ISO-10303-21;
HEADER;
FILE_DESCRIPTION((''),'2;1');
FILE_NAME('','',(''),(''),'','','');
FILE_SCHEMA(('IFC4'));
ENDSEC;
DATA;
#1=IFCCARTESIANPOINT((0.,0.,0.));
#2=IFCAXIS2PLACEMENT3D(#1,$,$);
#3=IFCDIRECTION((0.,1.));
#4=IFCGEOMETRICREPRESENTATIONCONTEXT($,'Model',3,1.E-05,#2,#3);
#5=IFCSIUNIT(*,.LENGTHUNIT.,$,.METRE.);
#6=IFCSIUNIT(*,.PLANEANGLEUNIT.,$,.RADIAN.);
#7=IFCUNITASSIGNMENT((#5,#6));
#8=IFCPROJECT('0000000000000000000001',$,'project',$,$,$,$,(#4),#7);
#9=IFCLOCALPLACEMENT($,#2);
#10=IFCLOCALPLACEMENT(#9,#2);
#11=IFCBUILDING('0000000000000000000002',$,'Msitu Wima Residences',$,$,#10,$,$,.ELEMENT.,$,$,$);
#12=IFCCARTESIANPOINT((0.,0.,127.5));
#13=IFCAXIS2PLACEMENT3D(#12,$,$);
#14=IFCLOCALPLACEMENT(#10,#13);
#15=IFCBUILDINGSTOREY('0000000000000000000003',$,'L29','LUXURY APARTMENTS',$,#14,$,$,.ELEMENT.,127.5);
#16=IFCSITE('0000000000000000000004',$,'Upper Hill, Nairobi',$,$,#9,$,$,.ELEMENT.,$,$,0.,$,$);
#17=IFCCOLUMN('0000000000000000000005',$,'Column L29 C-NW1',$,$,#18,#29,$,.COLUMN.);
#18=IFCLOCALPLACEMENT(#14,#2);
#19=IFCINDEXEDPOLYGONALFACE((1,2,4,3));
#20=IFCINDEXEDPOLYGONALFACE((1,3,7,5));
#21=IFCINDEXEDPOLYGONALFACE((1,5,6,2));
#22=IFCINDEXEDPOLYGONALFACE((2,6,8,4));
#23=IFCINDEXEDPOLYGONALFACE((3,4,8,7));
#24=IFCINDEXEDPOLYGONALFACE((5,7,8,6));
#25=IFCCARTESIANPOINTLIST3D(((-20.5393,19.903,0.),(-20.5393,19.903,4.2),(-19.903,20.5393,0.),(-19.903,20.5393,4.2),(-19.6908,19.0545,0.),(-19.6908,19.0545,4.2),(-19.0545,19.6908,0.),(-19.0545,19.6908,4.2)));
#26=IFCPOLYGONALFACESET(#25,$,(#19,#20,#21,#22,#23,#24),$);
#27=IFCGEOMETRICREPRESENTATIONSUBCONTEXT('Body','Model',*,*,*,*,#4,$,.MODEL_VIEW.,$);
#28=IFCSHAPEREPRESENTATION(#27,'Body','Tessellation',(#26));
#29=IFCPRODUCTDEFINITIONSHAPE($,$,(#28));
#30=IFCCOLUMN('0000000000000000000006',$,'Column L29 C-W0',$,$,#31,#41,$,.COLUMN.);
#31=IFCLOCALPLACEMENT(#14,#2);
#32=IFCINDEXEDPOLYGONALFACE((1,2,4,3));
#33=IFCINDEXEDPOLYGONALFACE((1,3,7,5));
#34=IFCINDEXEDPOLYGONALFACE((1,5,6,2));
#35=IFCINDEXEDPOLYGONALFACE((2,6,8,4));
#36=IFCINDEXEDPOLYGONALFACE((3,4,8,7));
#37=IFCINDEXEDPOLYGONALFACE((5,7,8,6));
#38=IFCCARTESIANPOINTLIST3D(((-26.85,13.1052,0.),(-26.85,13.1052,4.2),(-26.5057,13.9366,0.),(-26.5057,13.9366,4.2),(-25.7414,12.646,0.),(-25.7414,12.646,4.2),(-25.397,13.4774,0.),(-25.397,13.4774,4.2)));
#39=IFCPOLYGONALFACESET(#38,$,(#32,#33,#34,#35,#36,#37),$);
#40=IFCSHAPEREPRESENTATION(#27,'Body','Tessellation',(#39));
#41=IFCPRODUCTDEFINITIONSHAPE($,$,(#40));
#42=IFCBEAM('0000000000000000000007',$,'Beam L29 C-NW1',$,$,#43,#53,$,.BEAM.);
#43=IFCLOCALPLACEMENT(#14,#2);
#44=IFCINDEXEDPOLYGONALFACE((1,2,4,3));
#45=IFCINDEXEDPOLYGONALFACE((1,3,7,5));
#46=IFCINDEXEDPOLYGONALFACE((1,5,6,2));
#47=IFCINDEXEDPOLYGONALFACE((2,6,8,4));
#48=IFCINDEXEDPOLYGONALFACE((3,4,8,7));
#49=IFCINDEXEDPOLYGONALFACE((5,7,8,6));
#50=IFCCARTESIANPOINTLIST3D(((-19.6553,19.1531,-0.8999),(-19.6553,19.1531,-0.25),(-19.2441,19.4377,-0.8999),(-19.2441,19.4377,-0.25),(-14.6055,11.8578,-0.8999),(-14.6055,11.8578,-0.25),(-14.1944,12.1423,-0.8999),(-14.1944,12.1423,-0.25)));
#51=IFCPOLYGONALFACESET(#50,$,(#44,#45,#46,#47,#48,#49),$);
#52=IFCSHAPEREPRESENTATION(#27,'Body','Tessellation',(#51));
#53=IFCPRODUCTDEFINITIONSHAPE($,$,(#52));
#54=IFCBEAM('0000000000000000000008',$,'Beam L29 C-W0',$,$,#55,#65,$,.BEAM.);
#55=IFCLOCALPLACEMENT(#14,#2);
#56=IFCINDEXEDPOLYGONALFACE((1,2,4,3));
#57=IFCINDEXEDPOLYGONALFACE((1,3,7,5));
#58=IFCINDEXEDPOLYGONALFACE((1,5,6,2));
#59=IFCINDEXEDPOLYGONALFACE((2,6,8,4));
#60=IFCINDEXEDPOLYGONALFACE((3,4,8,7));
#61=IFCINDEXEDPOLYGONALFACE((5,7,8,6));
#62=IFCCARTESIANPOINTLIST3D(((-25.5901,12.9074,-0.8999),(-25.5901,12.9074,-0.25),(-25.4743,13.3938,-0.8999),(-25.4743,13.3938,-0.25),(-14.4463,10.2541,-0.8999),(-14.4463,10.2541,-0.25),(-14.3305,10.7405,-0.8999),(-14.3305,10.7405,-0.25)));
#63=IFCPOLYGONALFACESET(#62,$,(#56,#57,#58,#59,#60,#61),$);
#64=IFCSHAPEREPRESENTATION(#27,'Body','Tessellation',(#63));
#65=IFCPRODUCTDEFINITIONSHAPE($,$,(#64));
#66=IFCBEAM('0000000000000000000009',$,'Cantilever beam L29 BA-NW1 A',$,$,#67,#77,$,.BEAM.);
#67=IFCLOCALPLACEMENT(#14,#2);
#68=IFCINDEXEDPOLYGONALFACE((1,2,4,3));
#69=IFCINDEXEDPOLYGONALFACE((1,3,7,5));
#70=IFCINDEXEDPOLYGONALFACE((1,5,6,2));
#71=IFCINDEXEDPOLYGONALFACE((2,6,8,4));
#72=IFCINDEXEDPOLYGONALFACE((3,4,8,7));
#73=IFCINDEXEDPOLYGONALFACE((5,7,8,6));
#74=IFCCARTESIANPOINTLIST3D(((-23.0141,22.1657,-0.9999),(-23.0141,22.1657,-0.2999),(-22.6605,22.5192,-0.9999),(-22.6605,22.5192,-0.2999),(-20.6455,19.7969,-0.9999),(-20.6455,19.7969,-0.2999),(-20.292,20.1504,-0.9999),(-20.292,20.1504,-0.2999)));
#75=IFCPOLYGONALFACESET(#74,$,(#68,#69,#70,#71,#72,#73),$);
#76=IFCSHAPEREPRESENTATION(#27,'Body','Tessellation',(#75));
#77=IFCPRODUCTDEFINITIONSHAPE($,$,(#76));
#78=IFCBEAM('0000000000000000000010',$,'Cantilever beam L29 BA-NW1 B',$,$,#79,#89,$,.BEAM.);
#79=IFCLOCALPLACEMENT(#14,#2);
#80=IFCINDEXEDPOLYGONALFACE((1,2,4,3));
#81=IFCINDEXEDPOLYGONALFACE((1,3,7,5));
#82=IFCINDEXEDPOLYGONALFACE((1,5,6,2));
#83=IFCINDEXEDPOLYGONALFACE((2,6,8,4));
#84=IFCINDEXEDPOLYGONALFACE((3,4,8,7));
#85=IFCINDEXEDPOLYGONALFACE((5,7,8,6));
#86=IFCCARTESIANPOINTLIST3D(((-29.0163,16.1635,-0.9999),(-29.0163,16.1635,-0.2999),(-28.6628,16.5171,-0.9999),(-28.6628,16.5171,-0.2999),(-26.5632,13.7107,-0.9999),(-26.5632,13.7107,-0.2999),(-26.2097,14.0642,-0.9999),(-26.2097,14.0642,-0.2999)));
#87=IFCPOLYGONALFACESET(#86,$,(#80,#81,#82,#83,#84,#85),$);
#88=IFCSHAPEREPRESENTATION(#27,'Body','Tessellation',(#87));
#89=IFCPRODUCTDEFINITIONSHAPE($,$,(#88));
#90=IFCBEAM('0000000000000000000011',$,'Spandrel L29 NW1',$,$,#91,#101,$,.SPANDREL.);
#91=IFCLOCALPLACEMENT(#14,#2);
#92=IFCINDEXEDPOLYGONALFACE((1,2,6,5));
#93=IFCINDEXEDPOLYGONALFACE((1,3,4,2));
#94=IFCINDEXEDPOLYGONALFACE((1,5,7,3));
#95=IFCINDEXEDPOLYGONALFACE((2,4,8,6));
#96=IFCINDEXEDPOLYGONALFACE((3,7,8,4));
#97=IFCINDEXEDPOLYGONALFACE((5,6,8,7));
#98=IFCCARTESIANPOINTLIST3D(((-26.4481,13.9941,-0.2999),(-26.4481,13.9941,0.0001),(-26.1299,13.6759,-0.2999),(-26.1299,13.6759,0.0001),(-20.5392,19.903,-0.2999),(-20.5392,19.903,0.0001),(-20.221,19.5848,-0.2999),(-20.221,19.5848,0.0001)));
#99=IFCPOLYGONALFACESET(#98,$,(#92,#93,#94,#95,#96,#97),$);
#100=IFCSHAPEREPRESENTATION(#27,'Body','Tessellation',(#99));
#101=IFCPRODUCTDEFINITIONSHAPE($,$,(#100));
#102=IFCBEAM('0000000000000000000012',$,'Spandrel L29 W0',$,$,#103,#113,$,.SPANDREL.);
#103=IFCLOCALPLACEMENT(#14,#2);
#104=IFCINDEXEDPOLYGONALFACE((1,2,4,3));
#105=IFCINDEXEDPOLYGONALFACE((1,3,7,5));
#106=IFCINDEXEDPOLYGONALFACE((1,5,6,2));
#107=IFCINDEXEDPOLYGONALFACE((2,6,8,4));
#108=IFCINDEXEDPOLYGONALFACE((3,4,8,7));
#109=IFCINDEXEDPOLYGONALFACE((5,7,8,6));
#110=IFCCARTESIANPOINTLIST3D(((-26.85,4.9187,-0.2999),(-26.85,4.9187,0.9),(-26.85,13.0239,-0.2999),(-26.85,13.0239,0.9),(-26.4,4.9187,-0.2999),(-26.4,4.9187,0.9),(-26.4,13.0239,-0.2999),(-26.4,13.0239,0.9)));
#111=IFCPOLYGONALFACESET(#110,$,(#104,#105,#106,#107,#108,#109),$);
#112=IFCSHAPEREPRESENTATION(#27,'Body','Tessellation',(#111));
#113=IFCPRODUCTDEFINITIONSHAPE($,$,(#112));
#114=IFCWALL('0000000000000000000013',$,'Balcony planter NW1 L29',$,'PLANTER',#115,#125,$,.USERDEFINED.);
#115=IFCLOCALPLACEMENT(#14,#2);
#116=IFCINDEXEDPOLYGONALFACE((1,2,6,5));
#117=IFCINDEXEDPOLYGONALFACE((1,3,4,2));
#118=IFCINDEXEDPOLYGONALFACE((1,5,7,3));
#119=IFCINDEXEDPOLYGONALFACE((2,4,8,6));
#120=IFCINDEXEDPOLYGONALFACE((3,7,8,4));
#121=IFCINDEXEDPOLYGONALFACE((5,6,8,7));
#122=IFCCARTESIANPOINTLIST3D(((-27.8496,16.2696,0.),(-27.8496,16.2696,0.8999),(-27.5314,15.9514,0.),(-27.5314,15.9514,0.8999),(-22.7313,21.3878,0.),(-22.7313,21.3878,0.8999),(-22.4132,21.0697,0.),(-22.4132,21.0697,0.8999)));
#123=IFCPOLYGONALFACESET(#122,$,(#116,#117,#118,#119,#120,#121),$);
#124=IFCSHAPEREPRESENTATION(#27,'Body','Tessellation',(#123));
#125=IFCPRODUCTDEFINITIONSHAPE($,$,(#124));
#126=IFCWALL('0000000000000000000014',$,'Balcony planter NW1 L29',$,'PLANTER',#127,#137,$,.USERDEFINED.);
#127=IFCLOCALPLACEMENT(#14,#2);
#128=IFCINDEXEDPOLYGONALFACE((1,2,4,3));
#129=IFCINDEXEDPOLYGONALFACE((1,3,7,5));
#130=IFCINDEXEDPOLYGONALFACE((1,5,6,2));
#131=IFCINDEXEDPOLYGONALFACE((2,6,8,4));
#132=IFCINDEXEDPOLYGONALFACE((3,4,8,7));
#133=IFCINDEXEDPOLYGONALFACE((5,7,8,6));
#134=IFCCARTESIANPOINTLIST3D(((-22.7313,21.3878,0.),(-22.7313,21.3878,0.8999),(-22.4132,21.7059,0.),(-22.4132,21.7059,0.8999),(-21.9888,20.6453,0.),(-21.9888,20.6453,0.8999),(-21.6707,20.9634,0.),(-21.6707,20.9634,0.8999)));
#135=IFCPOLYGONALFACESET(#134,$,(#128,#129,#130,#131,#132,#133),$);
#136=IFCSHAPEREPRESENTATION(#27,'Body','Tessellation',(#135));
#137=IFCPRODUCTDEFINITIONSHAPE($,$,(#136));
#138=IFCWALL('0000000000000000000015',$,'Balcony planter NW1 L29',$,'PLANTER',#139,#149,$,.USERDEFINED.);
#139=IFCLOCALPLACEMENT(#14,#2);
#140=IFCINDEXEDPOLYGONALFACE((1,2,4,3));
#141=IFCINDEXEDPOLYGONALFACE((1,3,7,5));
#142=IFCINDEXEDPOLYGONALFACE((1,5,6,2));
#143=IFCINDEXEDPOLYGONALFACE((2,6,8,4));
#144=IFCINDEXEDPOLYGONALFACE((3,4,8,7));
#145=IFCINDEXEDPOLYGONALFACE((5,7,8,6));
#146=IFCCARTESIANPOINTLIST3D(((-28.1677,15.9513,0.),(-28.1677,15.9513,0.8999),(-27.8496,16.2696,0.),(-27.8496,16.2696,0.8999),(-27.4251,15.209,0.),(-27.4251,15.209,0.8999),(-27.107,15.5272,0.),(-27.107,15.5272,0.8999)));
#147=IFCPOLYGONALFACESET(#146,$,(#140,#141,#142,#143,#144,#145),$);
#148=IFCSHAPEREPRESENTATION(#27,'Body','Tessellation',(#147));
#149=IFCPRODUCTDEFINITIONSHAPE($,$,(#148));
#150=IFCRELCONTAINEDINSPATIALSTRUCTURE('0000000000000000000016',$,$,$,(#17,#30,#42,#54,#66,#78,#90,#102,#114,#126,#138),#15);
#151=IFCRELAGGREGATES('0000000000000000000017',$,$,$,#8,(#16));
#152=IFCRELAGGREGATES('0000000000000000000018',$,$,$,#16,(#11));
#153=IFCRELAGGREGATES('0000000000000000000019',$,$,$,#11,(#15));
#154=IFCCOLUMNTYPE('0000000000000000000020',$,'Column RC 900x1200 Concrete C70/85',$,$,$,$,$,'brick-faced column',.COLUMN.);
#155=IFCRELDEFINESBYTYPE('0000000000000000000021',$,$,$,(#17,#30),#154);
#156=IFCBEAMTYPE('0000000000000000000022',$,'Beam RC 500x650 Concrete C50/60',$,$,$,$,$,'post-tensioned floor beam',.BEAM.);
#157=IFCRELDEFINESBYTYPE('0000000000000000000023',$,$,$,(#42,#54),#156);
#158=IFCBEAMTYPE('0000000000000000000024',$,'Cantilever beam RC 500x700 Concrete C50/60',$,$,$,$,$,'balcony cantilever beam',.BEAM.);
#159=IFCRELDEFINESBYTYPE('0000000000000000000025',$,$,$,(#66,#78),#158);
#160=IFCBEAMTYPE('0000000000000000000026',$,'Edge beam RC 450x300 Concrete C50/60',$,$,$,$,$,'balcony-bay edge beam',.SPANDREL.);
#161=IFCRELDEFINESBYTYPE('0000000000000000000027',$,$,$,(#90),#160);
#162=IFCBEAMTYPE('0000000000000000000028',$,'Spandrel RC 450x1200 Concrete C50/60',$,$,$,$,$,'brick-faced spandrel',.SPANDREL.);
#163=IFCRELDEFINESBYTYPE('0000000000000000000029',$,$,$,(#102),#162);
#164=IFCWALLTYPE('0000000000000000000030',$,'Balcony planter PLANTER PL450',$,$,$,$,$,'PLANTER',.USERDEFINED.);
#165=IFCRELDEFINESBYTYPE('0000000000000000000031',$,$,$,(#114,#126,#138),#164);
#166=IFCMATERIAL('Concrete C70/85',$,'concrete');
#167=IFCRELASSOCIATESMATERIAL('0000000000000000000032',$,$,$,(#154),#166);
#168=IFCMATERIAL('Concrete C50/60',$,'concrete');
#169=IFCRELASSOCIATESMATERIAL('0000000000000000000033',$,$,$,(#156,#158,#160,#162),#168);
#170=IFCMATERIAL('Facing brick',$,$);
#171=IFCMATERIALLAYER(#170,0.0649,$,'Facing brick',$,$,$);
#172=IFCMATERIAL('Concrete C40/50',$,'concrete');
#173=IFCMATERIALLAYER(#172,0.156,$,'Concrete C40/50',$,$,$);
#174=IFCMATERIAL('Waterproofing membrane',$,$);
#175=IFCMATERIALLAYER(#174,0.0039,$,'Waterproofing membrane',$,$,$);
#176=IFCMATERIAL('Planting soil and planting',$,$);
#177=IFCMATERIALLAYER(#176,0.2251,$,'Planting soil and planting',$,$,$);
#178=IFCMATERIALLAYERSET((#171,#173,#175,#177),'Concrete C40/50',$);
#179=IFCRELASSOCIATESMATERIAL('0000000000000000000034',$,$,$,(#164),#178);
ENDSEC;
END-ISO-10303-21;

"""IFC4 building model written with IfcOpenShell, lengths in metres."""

from ifc_helpers import new_model, si_unit, direction, frame, frame_2d, origin, origin_2d, place, context, subcontext, project, spatial, rectangle, extrude, material, layer, layer_set, material_profile, profile_set, type_object, element, save


model = new_model("IFC4")

# Units and contexts
model_context = context("Model", 3, precision=1e-05, world=origin(), true_north=direction((0.0, 1.0)))
body_context = subcontext(model_context, "Body", "Model", "MODEL_VIEW")
ifc_project = project(units=[si_unit("LENGTHUNIT", "METRE"), si_unit("PLANEANGLEUNIT", "RADIAN")], contexts=[model_context])

# Site, building, storey
site_placement = place(None, origin())
site = spatial("IfcSite", under=ifc_project, at=site_placement, Name="Upper Hill, Nairobi", CompositionType="ELEMENT", RefElevation=0.0)
building_placement = place(site_placement, origin())
building = spatial("IfcBuilding", under=site, at=building_placement, Name="Msitu Wima Residences", CompositionType="ELEMENT")
storey_placement = place(building_placement, frame((0.0, 0.0, 127.5)))
storey = spatial("IfcBuildingStorey", under=building, at=storey_placement, Name="L29", Description="LUXURY APARTMENTS", CompositionType="ELEMENT", Elevation=127.5)

# Columns
ifc_material_1 = material(Name="Concrete C70/85", Category="concrete")
ifc_material_profile_1 = material_profile(ifc_material_1, rectangle(XDim=0.8999, YDim=1.2, at=origin_2d()), Name="RC 900x1200")
ifc_profile_set_1 = profile_set([ifc_material_profile_1], Name="Concrete C70/85")
column_type = type_object("IfcColumnType", Name="Column RC 900x1200 Concrete C70/85", ElementType="brick-faced column", PredefinedType="COLUMN", material=ifc_profile_set_1)
for number, where, z_axis, x_axis, name in (
    (1, (-19.7969, 19.7969, 0.0), (0.0, 0.0, 1.0), (-0.707107, -0.707107, 0.0), "Column L29 C-NW1"),
    (2, (-26.1235, 13.2913, 0.0), (0.0, 0.0, 1.0), (-0.382683, -0.92388, 0.0), "Column L29 C-W0"),
):
    element("IfcColumn", number, at=place(storey_placement, frame(where, z_axis=z_axis, x_axis=x_axis)), inside=storey, type_object=column_type, Name=name, PredefinedType="COLUMN", context=body_context, shape_type="SweptSolid", body=[
        extrude(rectangle(XDim=0.8999, YDim=1.2, at=origin_2d()), origin(), (0.0, 0.0, 1.0), 4.2),
    ])

# Beams
ifc_material_2 = material(Name="Concrete C50/60", Category="concrete")
ifc_material_profile_2 = material_profile(ifc_material_2, rectangle(XDim=0.5, YDim=0.6499, at=origin_2d()), Name="RC 500x650")
ifc_profile_set_2 = profile_set([ifc_material_profile_2], Name="Concrete C50/60")
beam_type_1 = type_object("IfcBeamType", Name="Beam RC 500x650 Concrete C50/60", ElementType="post-tensioned floor beam", PredefinedType="BEAM", material=ifc_profile_set_2)
beam_1_placement = place(storey_placement, frame((-19.4497, 19.2954, -0.575), z_axis=(0.569144, -0.822238, 0.0), x_axis=(0.822238, 0.569144, 0.0)))
element("IfcBeam", 3, at=beam_1_placement, inside=storey, type_object=beam_type_1, Name="Beam L29 C-NW1", PredefinedType="BEAM", context=body_context, shape_type="SweptSolid", body=[
    extrude(rectangle(XDim=0.5, YDim=0.6499, at=origin_2d()), origin(), (0.0, 0.0, 1.0), 8.8726),
])
beam_2_placement = place(storey_placement, frame((-25.5322, 13.1506, -0.575), z_axis=(0.972806, -0.231623, 0.0), x_axis=(0.231623, 0.972806, 0.0)))
element("IfcBeam", 4, at=beam_2_placement, inside=storey, type_object=beam_type_1, Name="Beam L29 C-W0", PredefinedType="BEAM", context=body_context, shape_type="SweptSolid", body=[
    extrude(rectangle(XDim=0.5, YDim=0.6499, at=origin_2d()), origin(), (0.0, 0.0, 1.0), 11.4553),
])
ifc_material_profile_3 = material_profile(ifc_material_2, rectangle(XDim=0.5, YDim=0.7, at=origin_2d()), Name="RC 500x700")
ifc_profile_set_3 = profile_set([ifc_material_profile_3], Name="Concrete C50/60")
beam_type_2 = type_object("IfcBeamType", Name="Cantilever beam RC 500x700 Concrete C50/60", ElementType="balcony cantilever beam", PredefinedType="BEAM", material=ifc_profile_set_3)
beam_3_placement = place(storey_placement, frame((-20.4688, 19.9736, -0.6499), z_axis=(-0.70707, 0.707143, 0.0), x_axis=(-0.707143, -0.70707, 0.0)))
element("IfcBeam", 5, at=beam_3_placement, inside=storey, type_object=beam_type_2, Name="Cantilever beam L29 BA-NW1 A", PredefinedType="BEAM", context=body_context, shape_type="SweptSolid", body=[
    extrude(rectangle(XDim=0.5, YDim=0.7, at=origin_2d()), origin(), (0.0, 0.0, 1.0), 3.3499),
])
beam_4_placement = place(storey_placement, frame((-26.3865, 13.8875, -0.6499), z_axis=(-0.707142, 0.707072, 0.0), x_axis=(-0.707072, -0.707142, 0.0)))
element("IfcBeam", 6, at=beam_4_placement, inside=storey, type_object=beam_type_2, Name="Cantilever beam L29 BA-NW1 B", PredefinedType="BEAM", context=body_context, shape_type="SweptSolid", body=[
    extrude(rectangle(XDim=0.5, YDim=0.7, at=origin_2d()), origin(), (0.0, 0.0, 1.0), 3.469),
])
ifc_material_profile_4 = material_profile(ifc_material_2, rectangle(XDim=0.45, YDim=0.3, at=origin_2d()), Name="RC 450x300")
ifc_profile_set_4 = profile_set([ifc_material_profile_4], Name="Concrete C50/60")
beam_type_3 = type_object("IfcBeamType", Name="Edge beam RC 450x300 Concrete C50/60", ElementType="balcony-bay edge beam", PredefinedType="SPANDREL", material=ifc_profile_set_4)
beam_5_placement = place(storey_placement, frame((-20.3801, 19.7439, -0.1499), z_axis=(-0.707107, -0.707107, 0.0), x_axis=(0.707107, -0.707107, 0.0)))
element("IfcBeam", 7, at=beam_5_placement, inside=storey, type_object=beam_type_3, Name="Spandrel L29 NW1", PredefinedType="SPANDREL", context=body_context, shape_type="SweptSolid", body=[
    extrude(rectangle(XDim=0.45, YDim=0.3, at=origin_2d()), origin(), (0.0, 0.0, 1.0), 8.3564),
])
ifc_material_profile_5 = material_profile(ifc_material_2, rectangle(XDim=0.45, YDim=1.2, at=origin_2d()), Name="RC 450x1200")
ifc_profile_set_5 = profile_set([ifc_material_profile_5], Name="Concrete C50/60")
beam_type_4 = type_object("IfcBeamType", Name="Spandrel RC 450x1200 Concrete C50/60", ElementType="brick-faced spandrel", PredefinedType="SPANDREL", material=ifc_profile_set_5)
beam_6_placement = place(storey_placement, frame((-26.625, 13.0239, 0.3), z_axis=(0.0, -1.0, 0.0), x_axis=(1.0, 0.0, 0.0)))
element("IfcBeam", 8, at=beam_6_placement, inside=storey, type_object=beam_type_4, Name="Spandrel L29 W0", PredefinedType="SPANDREL", context=body_context, shape_type="SweptSolid", body=[
    extrude(rectangle(XDim=0.45, YDim=1.2, at=origin_2d()), origin(), (0.0, 0.0, 1.0), 8.1052),
])

# Walls
ifc_material_3 = material(Name="Facing brick")
ifc_layer_1 = layer(ifc_material_3, 0.0649, Name="Facing brick")
ifc_material_4 = material(Name="Concrete C40/50", Category="concrete")
ifc_layer_2 = layer(ifc_material_4, 0.156, Name="Concrete C40/50")
ifc_material_5 = material(Name="Waterproofing membrane")
ifc_layer_3 = layer(ifc_material_5, 0.0039, Name="Waterproofing membrane")
ifc_material_6 = material(Name="Planting soil and planting")
ifc_layer_4 = layer(ifc_material_6, 0.2251, Name="Planting soil and planting")
ifc_layer_set_1 = layer_set([ifc_layer_1, ifc_layer_2, ifc_layer_3, ifc_layer_4], Name="Concrete C40/50")
wall_type_1 = type_object("IfcWallType", Name="Balcony planter PLANTER PL450", ElementType="PLANTER", PredefinedType="USERDEFINED", material=ifc_layer_set_1)
wall_1_placement = place(storey_placement, frame((-22.5723, 21.2288, 0.0), z_axis=(0.0, 0.0, 1.0), x_axis=(-0.707107, -0.707107, 0.0)))
element("IfcWall", 9, at=wall_1_placement, inside=storey, type_object=wall_type_1, Name="Balcony planter NW1 L29", ObjectType="PLANTER", PredefinedType="USERDEFINED", context=body_context, shape_type="SweptSolid", body=[
    extrude(rectangle(XDim=7.2383, YDim=0.45, at=frame_2d((3.6191, 0.0))), origin(), (0.0, 0.0, 1.0), 0.8999),
])
for number, where, z_axis, x_axis, name in (
    (10, (-21.8298, 20.8044, 0.0), (0.0, 0.0, 1.0), (-0.707107, 0.707107, 0.0), "Balcony planter NW1 L29"),
    (11, (-27.2661, 15.3682, 0.0), (0.0, 0.0, 1.0), (-0.707223, 0.706991, 0.0), "Balcony planter NW1 L29"),
):
    element("IfcWall", number, at=place(storey_placement, frame(where, z_axis=z_axis, x_axis=x_axis)), inside=storey, type_object=wall_type_1, Name=name, ObjectType="PLANTER", PredefinedType="USERDEFINED", context=body_context, shape_type="SweptSolid", body=[
        extrude(rectangle(XDim=1.05, YDim=0.45, at=frame_2d((0.5249, 0.0))), origin(), (0.0, 0.0, 1.0), 0.8999),
    ])

save(model, "model.ifc")
